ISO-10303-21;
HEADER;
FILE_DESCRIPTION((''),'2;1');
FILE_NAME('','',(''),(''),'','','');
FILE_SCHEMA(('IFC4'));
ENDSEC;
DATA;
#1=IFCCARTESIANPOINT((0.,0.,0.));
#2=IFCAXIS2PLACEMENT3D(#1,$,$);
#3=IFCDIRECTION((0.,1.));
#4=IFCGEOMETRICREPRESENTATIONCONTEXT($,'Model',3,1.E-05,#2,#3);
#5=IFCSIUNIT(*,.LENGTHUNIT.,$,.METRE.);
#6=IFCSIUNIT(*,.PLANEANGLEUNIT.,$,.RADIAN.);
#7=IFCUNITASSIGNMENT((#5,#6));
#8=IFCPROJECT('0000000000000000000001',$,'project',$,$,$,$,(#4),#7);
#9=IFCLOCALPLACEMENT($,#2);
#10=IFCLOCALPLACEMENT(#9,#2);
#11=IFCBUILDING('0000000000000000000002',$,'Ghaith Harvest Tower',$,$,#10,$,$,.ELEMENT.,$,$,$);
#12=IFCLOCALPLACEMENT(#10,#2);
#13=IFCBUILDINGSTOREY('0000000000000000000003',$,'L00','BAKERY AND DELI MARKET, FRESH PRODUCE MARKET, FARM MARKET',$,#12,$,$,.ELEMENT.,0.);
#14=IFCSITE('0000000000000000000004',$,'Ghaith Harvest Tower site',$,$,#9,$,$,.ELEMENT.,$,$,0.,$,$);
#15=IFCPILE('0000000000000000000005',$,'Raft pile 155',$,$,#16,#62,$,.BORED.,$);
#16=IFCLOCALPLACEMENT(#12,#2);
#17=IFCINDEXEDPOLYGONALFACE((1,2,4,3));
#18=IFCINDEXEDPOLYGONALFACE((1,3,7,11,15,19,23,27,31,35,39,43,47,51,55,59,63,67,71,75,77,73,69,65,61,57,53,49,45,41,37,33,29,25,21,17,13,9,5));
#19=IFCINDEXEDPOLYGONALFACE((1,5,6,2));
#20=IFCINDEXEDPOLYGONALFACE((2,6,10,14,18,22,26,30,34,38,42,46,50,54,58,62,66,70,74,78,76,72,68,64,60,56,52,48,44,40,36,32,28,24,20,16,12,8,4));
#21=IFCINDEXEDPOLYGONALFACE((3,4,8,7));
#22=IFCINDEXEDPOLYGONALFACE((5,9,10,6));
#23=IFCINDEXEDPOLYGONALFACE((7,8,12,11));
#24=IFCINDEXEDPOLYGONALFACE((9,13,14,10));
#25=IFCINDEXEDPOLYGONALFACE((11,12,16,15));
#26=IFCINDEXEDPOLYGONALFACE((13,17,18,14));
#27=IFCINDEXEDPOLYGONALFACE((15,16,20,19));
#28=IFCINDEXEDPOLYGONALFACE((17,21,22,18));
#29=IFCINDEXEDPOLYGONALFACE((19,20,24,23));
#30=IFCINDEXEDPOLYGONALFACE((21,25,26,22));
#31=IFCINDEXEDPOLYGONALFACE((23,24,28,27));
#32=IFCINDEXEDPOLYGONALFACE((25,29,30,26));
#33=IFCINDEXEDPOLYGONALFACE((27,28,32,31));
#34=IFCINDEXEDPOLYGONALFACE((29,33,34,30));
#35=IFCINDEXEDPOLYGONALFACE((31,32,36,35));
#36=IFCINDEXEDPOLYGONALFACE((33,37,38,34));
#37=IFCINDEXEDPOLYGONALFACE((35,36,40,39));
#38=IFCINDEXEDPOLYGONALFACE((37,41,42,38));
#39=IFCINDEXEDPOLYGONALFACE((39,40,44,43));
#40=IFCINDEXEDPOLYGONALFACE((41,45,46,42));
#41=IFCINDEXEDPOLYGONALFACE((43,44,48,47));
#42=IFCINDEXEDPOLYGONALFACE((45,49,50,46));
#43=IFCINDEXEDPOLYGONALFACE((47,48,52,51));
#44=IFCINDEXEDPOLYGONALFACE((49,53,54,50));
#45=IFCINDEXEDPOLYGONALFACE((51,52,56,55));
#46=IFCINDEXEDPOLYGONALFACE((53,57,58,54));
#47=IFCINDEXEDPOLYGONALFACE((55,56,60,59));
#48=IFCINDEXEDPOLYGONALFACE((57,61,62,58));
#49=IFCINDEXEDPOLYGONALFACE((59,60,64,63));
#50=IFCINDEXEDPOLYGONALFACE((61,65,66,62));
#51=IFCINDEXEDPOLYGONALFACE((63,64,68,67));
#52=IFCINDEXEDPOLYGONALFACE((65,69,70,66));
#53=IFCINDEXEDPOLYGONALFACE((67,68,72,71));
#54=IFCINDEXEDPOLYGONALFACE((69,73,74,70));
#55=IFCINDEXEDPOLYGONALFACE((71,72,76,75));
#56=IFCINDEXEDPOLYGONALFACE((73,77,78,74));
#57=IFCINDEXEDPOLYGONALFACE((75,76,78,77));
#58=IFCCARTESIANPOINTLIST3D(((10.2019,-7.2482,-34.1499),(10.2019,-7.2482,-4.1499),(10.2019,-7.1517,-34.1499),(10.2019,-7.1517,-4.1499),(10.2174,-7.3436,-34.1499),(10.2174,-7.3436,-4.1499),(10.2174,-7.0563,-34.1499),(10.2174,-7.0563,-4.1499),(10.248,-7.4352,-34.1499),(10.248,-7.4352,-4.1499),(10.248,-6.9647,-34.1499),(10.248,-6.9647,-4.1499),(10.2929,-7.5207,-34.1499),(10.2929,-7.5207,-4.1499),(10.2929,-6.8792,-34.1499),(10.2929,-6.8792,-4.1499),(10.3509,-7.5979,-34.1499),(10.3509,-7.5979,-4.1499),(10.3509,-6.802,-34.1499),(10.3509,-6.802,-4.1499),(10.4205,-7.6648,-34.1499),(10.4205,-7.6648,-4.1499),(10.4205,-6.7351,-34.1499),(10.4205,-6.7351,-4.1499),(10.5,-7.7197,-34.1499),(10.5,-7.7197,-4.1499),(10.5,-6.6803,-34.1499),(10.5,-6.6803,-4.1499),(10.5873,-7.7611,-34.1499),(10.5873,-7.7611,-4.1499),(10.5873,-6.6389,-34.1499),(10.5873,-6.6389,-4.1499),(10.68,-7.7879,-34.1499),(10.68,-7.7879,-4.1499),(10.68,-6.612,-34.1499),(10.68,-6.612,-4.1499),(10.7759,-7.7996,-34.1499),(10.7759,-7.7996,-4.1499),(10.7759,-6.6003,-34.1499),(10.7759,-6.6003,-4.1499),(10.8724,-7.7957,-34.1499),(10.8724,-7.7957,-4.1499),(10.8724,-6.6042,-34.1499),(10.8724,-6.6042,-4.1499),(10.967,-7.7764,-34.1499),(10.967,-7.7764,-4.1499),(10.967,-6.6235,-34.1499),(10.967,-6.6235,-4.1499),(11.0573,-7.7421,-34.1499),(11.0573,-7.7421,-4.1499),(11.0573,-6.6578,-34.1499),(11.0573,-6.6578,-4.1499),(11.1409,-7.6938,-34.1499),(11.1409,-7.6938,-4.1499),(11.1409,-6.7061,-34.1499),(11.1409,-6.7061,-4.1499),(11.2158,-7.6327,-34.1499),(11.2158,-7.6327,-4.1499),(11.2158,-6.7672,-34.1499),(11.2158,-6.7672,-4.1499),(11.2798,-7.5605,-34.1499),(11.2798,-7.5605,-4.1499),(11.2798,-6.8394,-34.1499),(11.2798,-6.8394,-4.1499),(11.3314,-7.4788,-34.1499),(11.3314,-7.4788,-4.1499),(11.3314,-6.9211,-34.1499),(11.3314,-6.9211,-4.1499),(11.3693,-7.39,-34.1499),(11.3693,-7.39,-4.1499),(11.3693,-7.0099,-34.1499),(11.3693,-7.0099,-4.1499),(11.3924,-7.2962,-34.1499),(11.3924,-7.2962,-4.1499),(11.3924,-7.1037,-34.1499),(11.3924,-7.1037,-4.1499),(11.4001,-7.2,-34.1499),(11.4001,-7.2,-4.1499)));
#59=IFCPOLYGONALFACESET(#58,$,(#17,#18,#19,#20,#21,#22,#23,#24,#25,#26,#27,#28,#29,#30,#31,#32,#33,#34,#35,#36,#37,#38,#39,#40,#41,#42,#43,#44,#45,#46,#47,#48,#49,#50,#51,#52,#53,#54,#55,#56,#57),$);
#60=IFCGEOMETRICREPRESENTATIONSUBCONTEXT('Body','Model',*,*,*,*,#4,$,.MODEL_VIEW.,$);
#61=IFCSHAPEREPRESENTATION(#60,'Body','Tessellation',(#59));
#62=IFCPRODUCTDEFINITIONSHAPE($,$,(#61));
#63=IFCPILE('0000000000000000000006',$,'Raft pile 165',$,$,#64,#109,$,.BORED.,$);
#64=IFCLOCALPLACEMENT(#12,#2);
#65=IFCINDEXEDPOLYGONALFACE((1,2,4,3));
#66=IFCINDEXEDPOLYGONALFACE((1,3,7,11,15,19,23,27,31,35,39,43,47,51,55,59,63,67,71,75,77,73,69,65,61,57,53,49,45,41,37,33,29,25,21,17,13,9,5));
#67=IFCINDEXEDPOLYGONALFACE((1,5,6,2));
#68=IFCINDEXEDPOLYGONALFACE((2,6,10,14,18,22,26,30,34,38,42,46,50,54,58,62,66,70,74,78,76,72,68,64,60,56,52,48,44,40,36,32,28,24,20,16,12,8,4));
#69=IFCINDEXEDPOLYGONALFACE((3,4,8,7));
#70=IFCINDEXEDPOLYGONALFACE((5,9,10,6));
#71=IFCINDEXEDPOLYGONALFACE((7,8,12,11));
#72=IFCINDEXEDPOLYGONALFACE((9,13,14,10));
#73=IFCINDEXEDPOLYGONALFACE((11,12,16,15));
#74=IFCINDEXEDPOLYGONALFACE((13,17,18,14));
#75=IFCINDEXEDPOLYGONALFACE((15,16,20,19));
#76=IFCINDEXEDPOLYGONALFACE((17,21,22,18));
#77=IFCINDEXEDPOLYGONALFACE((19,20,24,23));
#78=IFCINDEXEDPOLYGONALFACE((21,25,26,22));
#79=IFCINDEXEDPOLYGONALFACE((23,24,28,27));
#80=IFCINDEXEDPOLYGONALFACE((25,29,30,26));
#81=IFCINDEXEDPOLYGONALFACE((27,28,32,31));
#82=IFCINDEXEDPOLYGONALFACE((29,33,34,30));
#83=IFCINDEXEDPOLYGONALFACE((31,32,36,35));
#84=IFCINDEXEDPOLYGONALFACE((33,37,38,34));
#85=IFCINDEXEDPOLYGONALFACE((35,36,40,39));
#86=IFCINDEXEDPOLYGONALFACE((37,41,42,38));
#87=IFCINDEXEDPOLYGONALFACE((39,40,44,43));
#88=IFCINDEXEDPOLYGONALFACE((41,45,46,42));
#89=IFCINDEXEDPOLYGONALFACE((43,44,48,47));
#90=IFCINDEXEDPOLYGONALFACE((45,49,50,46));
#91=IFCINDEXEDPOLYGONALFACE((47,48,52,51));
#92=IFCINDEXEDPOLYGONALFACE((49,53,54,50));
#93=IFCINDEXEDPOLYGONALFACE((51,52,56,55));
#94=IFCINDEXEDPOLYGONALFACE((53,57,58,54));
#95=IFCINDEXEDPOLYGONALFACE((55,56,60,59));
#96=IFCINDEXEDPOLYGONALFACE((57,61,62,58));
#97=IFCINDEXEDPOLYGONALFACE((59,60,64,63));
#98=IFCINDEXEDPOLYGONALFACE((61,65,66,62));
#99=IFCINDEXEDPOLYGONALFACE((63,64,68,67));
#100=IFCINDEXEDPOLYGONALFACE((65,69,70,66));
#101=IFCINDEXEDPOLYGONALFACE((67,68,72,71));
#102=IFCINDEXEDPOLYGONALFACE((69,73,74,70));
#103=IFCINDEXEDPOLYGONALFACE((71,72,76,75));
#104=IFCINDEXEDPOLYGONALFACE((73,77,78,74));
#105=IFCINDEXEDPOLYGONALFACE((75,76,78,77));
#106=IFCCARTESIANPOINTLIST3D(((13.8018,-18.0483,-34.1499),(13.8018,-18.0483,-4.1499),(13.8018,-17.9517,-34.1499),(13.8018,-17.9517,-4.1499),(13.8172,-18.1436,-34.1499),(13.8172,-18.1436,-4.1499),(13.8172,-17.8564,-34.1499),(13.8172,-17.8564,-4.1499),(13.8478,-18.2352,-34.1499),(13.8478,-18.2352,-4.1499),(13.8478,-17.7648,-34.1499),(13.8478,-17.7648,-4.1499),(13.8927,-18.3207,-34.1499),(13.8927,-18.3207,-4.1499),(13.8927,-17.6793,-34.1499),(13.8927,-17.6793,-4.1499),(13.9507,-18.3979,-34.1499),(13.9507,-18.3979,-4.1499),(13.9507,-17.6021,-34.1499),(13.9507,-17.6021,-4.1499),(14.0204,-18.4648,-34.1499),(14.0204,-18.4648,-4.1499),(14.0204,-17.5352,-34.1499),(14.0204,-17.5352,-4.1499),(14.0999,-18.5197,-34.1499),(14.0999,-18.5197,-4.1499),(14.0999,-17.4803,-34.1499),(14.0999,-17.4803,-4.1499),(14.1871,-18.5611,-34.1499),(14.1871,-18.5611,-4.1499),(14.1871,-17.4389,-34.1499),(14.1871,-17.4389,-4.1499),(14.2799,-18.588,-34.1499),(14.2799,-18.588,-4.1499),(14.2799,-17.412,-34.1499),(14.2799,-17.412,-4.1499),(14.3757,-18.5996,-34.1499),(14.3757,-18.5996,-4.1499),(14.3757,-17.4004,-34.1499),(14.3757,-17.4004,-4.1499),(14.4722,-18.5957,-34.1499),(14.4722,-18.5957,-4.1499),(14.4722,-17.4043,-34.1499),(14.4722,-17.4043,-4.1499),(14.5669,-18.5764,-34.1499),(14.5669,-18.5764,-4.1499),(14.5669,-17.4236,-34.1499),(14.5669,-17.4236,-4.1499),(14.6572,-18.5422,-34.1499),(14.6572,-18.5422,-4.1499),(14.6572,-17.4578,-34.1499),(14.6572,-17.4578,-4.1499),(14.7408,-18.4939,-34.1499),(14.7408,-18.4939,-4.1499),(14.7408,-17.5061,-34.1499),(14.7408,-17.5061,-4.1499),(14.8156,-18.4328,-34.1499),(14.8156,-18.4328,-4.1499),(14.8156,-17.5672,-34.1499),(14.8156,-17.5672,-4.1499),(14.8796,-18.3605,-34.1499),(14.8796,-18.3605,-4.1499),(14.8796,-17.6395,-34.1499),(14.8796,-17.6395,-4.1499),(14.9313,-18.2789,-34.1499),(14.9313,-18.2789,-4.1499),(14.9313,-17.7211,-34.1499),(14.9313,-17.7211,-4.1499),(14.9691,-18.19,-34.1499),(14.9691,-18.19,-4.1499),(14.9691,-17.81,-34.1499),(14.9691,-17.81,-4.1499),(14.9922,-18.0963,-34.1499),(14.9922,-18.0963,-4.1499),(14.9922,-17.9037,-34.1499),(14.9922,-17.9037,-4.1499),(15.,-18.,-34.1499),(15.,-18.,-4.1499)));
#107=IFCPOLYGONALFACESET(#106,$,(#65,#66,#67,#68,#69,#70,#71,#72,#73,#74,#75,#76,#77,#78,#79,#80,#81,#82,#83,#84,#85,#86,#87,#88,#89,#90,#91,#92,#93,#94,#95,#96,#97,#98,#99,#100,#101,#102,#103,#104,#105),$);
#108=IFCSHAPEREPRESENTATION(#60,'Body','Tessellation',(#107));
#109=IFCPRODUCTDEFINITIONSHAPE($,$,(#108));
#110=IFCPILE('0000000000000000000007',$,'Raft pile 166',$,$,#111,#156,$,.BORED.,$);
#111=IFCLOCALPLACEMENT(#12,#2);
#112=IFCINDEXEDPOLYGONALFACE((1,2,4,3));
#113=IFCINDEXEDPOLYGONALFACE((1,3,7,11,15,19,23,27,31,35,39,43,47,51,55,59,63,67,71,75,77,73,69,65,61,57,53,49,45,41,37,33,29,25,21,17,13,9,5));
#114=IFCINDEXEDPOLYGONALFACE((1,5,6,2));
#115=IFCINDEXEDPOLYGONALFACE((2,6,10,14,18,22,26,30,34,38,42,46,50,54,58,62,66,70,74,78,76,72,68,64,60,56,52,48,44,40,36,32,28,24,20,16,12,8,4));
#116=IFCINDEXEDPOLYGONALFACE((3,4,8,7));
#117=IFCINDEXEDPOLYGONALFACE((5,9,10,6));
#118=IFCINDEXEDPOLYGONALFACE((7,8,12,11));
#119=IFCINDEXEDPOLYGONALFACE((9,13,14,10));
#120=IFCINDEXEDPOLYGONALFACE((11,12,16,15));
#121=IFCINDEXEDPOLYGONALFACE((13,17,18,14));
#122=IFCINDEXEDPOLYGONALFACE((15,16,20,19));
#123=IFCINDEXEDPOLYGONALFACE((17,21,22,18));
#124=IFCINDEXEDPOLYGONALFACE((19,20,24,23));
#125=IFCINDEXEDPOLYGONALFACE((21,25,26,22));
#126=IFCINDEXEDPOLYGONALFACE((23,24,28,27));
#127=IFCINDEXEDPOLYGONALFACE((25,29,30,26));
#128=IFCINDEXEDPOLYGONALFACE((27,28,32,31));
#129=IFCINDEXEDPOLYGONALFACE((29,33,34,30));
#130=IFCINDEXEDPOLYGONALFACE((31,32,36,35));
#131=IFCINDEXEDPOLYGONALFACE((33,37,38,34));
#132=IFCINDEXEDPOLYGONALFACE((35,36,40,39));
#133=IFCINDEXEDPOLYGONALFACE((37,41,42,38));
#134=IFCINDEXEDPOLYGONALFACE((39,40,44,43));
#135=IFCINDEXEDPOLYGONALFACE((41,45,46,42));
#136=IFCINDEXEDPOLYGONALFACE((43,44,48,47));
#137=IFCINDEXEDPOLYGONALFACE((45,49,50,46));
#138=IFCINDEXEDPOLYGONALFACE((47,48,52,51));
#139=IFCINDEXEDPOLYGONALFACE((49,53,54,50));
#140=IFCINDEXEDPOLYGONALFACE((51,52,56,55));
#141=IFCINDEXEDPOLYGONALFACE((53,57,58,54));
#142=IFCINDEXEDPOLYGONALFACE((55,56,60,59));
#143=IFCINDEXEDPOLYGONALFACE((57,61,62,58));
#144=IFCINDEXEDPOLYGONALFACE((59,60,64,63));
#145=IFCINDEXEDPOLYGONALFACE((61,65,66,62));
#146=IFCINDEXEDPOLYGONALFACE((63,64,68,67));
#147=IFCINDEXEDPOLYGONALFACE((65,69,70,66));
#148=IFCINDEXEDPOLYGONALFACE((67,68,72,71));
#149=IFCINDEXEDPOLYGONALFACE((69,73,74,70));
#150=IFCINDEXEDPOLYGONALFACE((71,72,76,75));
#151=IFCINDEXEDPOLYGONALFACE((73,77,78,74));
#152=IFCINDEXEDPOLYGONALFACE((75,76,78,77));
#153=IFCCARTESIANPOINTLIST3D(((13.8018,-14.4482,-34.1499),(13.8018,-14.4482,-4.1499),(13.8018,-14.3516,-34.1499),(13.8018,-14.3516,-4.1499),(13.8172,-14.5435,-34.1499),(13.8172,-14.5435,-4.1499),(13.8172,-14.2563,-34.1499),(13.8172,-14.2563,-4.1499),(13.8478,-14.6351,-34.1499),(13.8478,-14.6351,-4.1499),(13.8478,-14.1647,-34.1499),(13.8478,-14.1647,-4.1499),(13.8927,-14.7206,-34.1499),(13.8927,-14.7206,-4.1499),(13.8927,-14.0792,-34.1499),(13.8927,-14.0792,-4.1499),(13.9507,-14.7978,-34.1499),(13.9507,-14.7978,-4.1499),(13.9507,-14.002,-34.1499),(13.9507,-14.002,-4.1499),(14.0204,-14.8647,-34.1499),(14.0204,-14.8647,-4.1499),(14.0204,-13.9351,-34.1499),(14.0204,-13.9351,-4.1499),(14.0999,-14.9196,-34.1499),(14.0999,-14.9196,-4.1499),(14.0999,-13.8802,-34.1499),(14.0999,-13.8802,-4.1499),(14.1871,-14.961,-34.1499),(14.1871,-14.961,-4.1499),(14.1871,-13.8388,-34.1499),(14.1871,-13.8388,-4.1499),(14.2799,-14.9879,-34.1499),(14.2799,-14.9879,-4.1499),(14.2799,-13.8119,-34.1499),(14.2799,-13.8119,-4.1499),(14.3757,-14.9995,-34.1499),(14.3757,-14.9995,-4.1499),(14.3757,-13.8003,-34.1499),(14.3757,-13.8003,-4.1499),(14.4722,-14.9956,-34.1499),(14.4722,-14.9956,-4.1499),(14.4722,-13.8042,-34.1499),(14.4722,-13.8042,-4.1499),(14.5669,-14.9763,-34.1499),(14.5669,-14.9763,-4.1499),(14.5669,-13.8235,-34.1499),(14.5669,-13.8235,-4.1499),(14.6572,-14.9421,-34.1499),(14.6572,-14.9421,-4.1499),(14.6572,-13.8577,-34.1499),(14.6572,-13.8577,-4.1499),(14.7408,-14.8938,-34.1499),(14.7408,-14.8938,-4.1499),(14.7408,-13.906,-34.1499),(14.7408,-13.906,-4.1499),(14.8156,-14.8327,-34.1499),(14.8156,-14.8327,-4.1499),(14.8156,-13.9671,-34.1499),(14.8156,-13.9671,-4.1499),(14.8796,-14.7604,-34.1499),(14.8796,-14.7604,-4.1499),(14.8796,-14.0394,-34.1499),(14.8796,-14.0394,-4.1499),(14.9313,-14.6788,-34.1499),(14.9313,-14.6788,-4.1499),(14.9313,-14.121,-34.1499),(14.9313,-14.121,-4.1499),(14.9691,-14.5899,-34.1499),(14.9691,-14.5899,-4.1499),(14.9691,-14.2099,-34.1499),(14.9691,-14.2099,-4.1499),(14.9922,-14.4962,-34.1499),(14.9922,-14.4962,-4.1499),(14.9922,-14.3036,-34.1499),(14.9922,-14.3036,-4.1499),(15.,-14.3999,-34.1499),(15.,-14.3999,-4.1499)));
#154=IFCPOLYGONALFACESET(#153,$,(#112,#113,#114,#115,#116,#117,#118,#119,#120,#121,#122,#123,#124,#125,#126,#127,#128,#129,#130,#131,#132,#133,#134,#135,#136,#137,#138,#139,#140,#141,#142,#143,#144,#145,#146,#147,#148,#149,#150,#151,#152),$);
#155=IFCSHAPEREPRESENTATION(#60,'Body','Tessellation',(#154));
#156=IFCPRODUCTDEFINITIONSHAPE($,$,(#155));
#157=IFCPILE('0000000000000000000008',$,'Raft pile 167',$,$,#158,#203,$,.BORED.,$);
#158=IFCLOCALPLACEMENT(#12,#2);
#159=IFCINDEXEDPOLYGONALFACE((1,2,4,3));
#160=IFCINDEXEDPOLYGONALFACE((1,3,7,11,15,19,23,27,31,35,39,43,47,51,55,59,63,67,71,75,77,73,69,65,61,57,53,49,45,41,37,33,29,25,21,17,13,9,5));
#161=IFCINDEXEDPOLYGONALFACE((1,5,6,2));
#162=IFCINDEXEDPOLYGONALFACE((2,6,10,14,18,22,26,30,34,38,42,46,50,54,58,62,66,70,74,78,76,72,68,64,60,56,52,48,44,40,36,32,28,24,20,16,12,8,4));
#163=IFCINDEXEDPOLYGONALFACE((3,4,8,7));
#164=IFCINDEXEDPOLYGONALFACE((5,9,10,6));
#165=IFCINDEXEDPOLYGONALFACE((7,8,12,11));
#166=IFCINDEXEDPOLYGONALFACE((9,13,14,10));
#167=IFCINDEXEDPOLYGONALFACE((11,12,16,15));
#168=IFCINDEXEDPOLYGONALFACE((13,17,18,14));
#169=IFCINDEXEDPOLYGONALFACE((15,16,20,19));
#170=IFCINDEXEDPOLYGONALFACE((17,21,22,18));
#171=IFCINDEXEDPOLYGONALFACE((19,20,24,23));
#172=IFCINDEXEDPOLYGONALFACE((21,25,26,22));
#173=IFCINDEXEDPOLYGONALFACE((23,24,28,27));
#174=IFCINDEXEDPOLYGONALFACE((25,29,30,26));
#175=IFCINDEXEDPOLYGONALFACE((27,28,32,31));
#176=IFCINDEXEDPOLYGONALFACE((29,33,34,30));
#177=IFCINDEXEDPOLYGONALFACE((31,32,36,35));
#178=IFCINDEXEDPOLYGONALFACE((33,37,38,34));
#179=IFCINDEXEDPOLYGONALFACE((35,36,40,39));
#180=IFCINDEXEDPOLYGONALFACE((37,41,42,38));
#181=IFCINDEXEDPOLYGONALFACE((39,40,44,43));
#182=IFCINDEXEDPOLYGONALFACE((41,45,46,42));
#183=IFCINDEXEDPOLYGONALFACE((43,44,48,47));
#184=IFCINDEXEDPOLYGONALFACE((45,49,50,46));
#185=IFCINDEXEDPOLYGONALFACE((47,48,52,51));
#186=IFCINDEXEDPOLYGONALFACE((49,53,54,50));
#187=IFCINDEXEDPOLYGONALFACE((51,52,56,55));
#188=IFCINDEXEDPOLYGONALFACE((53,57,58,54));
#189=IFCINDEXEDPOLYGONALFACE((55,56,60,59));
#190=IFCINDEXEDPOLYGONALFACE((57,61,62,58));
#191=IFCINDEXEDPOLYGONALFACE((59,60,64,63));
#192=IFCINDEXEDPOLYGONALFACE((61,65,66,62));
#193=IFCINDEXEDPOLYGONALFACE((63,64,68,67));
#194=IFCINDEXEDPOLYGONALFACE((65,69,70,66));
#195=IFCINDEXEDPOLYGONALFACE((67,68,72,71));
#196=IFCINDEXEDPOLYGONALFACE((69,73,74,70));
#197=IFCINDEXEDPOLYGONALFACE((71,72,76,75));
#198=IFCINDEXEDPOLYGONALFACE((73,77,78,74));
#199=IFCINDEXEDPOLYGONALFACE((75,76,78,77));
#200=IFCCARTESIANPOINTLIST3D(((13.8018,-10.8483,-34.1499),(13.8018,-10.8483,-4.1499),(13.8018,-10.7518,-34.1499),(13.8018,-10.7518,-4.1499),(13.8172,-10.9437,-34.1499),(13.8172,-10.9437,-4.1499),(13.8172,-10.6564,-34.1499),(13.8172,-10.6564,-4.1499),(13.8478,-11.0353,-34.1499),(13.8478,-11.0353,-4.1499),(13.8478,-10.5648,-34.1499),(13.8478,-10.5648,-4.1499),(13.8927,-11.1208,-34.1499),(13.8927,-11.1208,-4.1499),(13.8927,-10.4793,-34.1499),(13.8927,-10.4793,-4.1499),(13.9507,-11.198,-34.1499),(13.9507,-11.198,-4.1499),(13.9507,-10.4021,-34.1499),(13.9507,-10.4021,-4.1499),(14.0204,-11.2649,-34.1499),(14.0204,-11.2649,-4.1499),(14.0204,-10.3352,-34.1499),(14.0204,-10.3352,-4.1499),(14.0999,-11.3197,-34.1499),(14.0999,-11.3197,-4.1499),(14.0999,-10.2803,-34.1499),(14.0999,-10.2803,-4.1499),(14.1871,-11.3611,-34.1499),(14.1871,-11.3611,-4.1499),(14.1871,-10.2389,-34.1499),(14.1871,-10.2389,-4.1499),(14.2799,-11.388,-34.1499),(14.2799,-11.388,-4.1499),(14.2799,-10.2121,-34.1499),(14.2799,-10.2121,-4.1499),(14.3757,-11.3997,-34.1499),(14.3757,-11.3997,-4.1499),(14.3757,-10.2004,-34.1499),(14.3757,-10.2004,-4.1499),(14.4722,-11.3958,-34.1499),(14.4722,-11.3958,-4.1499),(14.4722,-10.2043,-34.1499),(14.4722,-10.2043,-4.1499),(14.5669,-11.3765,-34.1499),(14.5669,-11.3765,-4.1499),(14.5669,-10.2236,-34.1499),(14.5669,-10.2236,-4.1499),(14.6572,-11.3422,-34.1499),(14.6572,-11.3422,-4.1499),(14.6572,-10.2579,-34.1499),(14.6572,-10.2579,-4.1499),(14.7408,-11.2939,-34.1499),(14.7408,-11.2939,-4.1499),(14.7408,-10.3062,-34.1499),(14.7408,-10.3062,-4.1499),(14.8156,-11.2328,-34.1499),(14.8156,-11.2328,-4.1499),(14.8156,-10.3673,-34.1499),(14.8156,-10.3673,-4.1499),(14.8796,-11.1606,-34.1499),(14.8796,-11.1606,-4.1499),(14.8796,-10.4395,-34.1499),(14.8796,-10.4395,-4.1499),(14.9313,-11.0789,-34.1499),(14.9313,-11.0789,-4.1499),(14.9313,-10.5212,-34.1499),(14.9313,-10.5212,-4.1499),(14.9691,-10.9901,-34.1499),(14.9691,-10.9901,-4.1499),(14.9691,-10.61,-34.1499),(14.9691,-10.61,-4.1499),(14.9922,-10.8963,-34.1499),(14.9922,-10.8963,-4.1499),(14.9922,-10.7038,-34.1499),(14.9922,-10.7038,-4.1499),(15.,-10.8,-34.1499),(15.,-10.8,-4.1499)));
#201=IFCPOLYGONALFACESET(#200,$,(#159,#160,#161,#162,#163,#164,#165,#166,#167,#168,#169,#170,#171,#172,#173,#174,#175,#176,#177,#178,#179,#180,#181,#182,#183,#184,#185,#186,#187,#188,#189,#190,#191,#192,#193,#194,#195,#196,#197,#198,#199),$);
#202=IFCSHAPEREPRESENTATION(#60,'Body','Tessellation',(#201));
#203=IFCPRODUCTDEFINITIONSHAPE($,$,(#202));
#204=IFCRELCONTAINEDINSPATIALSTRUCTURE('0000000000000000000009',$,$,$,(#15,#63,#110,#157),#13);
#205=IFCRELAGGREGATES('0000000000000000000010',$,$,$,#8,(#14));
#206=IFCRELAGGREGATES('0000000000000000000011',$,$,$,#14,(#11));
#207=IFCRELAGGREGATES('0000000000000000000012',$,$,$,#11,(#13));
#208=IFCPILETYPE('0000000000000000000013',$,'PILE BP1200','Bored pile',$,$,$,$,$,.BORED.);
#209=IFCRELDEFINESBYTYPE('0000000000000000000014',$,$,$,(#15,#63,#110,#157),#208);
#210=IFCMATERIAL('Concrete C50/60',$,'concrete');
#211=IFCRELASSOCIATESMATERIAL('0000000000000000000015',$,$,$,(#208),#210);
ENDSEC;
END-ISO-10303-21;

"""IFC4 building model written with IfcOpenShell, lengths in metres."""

from ifc_helpers import new_model, si_unit, direction, frame, origin, origin_2d, place, context, subcontext, project, spatial, circle, extrude, material, material_profile, profile_set, type_object, element, save


model = new_model("IFC4")

# Units and contexts
model_context = context("Model", 3, precision=1e-05, world=origin(), true_north=direction((0.0, 1.0)))
body_context = subcontext(model_context, "Body", "Model", "MODEL_VIEW")
ifc_project = project(units=[si_unit("LENGTHUNIT", "METRE"), si_unit("PLANEANGLEUNIT", "RADIAN")], contexts=[model_context])

# Site, building, storey
site_placement = place(None, origin())
site = spatial("IfcSite", under=ifc_project, at=site_placement, Name="Ghaith Harvest Tower site", CompositionType="ELEMENT", RefElevation=0.0)
building_placement = place(site_placement, origin())
building = spatial("IfcBuilding", under=site, at=building_placement, Name="Ghaith Harvest Tower", CompositionType="ELEMENT")
storey_placement = place(building_placement, origin())
storey = spatial("IfcBuildingStorey", under=building, at=storey_placement, Name="L00", Description="BAKERY AND DELI MARKET, FRESH PRODUCE MARKET, FARM MARKET", CompositionType="ELEMENT", Elevation=0.0)

# Piles
ifc_material_1 = material(Name="Concrete C50/60", Category="concrete")
ifc_material_profile = material_profile(ifc_material_1, circle(Radius=0.6001, at=origin_2d()), Name="PILE1200")
ifc_profile_set = profile_set([ifc_material_profile], Name="Concrete C50/60")
pile_type = type_object("IfcPileType", Name="PILE BP1200", Description="Bored pile", PredefinedType="BORED", material=ifc_profile_set)
for number, where, z_axis, x_axis, name in (
    (1, (10.8, -7.2, -4.1499), (0.0, 0.0, -1.0), (1.0, 0.0, 0.0), "Raft pile 155"),
    (2, (14.3999, -18.0, -4.1499), (0.0, 0.0, -1.0), (1.0, 0.0, 0.0), "Raft pile 165"),
    (3, (14.3999, -14.3999, -4.1499), (0.0, 0.0, -1.0), (1.0, 0.0, 0.0), "Raft pile 166"),
    (4, (14.3999, -10.8, -4.1499), (0.0, 0.0, -1.0), (1.0, 0.0, 0.0), "Raft pile 167"),
):
    element("IfcPile", number, at=place(storey_placement, frame(where, z_axis=z_axis, x_axis=x_axis)), inside=storey, type_object=pile_type, Name=name, PredefinedType="BORED", context=body_context, shape_type="SweptSolid", body=[
        extrude(circle(Radius=0.6001, at=origin_2d()), origin(), (0.0, 0.0, 1.0), 30.0),
    ])

save(model, "model.ifc")
